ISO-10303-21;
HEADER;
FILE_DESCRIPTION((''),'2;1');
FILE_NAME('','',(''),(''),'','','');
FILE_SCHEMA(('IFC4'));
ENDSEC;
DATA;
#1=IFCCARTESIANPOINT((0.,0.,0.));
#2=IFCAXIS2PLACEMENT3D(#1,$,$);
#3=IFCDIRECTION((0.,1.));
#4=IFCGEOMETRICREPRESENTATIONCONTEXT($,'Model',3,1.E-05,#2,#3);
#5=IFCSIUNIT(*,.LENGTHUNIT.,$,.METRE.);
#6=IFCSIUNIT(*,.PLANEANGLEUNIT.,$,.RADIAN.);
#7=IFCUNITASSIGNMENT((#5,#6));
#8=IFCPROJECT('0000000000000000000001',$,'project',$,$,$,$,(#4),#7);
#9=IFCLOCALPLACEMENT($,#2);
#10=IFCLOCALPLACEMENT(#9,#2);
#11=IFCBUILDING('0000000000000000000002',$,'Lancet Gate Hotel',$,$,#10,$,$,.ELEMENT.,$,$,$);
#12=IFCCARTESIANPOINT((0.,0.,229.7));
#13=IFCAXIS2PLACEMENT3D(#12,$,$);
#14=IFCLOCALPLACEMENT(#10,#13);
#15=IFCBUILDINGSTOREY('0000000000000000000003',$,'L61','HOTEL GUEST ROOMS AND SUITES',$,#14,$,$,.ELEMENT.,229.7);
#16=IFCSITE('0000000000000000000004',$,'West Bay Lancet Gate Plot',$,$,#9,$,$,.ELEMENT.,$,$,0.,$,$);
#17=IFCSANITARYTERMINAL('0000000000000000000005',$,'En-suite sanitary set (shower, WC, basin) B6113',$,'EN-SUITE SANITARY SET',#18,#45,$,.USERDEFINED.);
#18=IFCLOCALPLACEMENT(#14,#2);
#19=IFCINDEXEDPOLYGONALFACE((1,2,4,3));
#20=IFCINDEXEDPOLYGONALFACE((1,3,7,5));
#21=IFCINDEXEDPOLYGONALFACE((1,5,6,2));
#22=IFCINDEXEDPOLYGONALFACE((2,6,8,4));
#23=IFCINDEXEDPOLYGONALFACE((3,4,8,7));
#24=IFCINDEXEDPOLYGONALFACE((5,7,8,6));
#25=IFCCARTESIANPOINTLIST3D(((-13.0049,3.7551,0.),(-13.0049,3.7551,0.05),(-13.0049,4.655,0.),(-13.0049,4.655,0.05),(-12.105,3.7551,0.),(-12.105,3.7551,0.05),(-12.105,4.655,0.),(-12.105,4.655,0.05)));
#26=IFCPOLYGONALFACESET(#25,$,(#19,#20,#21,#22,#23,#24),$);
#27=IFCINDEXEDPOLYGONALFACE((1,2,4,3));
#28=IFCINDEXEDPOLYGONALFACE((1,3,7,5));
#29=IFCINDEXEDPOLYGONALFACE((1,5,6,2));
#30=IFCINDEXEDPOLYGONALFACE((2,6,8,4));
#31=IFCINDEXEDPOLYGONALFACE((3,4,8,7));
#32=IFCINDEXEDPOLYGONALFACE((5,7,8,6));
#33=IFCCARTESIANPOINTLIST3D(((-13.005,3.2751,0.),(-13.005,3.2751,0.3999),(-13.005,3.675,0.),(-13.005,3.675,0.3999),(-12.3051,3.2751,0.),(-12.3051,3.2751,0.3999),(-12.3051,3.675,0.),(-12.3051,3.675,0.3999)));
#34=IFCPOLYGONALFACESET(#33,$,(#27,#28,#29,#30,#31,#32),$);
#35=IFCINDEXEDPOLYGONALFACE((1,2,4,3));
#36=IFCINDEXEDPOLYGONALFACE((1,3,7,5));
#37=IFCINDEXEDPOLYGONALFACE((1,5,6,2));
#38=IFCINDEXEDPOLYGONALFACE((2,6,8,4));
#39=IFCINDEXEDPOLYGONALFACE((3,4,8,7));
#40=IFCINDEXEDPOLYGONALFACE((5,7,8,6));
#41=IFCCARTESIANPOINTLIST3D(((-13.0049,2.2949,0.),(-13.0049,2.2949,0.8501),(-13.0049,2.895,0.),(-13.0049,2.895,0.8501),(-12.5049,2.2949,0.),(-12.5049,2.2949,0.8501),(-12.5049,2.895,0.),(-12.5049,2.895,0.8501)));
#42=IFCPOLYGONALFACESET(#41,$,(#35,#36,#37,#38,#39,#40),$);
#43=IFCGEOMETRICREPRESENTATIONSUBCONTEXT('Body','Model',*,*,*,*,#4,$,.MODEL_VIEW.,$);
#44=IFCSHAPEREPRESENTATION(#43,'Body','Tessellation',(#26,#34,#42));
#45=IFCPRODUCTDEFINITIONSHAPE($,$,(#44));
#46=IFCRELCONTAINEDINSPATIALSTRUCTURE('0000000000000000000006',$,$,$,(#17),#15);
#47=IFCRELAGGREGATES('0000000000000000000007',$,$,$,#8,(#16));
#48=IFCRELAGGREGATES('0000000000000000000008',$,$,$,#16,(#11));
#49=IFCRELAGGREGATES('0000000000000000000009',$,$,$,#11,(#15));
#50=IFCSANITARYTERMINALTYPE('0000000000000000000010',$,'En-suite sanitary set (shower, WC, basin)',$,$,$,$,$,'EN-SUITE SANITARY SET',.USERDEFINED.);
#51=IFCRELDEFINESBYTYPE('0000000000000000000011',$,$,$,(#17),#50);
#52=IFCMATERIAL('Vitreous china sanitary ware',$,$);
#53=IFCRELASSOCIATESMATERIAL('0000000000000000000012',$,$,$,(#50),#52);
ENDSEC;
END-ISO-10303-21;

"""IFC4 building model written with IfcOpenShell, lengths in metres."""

from ifc_helpers import new_model, si_unit, direction, frame, origin, origin_2d, place, context, subcontext, project, spatial, rectangle, extrude, material, type_object, element, save


model = new_model("IFC4")

# Units and contexts
model_context = context("Model", 3, precision=1e-05, world=origin(), true_north=direction((0.0, 1.0)))
body_context = subcontext(model_context, "Body", "Model", "MODEL_VIEW")
ifc_project = project(units=[si_unit("LENGTHUNIT", "METRE"), si_unit("PLANEANGLEUNIT", "RADIAN")], contexts=[model_context])

# Site, building, storey
site_placement = place(None, origin())
site = spatial("IfcSite", under=ifc_project, at=site_placement, Name="West Bay Lancet Gate Plot", CompositionType="ELEMENT", RefElevation=0.0)
building_placement = place(site_placement, origin())
building = spatial("IfcBuilding", under=site, at=building_placement, Name="Lancet Gate Hotel", CompositionType="ELEMENT")
storey_placement = place(building_placement, frame((0.0, 0.0, 229.7)))
storey = spatial("IfcBuildingStorey", under=building, at=storey_placement, Name="L61", Description="HOTEL GUEST ROOMS AND SUITES", CompositionType="ELEMENT", Elevation=229.7)

# Sanitary terminal
ifc_material_1 = material(Name="Vitreous china sanitary ware")
sanitary_terminal_type = type_object("IfcSanitaryTerminalType", Name="En-suite sanitary set (shower, WC, basin)", ElementType="EN-SUITE SANITARY SET", PredefinedType="USERDEFINED", material=ifc_material_1)
sanitary_terminal_placement = place(storey_placement, frame((-12.5549, 4.2051, 0.0), z_axis=(0.0, 0.0, 1.0), x_axis=(1.0, 0.0, 0.0)))
element("IfcSanitaryTerminal", 1, at=sanitary_terminal_placement, inside=storey, type_object=sanitary_terminal_type, Name="En-suite sanitary set (shower, WC, basin) B6113", ObjectType="EN-SUITE SANITARY SET", PredefinedType="USERDEFINED", context=body_context, shape_type="SweptSolid", body=[
    extrude(rectangle(XDim=0.8999, YDim=0.8999, at=origin_2d()), frame((0.0, 0.0, 0.0), z_axis=(0.0, 0.0, 1.0), x_axis=(0.0, 1.0, 0.0)), (0.0, 0.0, 1.0), 0.05),
    extrude(rectangle(XDim=0.3999, YDim=0.7, at=origin_2d()), frame((-0.1001, -0.73, 0.0), z_axis=(0.0, 0.0, 1.0), x_axis=(0.0, 1.0, 0.0)), (0.0, 0.0, 1.0), 0.3999),
    extrude(rectangle(XDim=0.6001, YDim=0.5, at=origin_2d()), frame((-0.2, -1.6101, 0.0), z_axis=(0.0, 0.0, 1.0), x_axis=(0.0, 1.0, 0.0)), (0.0, 0.0, 1.0), 0.8501),
])

save(model, "model.ifc")
